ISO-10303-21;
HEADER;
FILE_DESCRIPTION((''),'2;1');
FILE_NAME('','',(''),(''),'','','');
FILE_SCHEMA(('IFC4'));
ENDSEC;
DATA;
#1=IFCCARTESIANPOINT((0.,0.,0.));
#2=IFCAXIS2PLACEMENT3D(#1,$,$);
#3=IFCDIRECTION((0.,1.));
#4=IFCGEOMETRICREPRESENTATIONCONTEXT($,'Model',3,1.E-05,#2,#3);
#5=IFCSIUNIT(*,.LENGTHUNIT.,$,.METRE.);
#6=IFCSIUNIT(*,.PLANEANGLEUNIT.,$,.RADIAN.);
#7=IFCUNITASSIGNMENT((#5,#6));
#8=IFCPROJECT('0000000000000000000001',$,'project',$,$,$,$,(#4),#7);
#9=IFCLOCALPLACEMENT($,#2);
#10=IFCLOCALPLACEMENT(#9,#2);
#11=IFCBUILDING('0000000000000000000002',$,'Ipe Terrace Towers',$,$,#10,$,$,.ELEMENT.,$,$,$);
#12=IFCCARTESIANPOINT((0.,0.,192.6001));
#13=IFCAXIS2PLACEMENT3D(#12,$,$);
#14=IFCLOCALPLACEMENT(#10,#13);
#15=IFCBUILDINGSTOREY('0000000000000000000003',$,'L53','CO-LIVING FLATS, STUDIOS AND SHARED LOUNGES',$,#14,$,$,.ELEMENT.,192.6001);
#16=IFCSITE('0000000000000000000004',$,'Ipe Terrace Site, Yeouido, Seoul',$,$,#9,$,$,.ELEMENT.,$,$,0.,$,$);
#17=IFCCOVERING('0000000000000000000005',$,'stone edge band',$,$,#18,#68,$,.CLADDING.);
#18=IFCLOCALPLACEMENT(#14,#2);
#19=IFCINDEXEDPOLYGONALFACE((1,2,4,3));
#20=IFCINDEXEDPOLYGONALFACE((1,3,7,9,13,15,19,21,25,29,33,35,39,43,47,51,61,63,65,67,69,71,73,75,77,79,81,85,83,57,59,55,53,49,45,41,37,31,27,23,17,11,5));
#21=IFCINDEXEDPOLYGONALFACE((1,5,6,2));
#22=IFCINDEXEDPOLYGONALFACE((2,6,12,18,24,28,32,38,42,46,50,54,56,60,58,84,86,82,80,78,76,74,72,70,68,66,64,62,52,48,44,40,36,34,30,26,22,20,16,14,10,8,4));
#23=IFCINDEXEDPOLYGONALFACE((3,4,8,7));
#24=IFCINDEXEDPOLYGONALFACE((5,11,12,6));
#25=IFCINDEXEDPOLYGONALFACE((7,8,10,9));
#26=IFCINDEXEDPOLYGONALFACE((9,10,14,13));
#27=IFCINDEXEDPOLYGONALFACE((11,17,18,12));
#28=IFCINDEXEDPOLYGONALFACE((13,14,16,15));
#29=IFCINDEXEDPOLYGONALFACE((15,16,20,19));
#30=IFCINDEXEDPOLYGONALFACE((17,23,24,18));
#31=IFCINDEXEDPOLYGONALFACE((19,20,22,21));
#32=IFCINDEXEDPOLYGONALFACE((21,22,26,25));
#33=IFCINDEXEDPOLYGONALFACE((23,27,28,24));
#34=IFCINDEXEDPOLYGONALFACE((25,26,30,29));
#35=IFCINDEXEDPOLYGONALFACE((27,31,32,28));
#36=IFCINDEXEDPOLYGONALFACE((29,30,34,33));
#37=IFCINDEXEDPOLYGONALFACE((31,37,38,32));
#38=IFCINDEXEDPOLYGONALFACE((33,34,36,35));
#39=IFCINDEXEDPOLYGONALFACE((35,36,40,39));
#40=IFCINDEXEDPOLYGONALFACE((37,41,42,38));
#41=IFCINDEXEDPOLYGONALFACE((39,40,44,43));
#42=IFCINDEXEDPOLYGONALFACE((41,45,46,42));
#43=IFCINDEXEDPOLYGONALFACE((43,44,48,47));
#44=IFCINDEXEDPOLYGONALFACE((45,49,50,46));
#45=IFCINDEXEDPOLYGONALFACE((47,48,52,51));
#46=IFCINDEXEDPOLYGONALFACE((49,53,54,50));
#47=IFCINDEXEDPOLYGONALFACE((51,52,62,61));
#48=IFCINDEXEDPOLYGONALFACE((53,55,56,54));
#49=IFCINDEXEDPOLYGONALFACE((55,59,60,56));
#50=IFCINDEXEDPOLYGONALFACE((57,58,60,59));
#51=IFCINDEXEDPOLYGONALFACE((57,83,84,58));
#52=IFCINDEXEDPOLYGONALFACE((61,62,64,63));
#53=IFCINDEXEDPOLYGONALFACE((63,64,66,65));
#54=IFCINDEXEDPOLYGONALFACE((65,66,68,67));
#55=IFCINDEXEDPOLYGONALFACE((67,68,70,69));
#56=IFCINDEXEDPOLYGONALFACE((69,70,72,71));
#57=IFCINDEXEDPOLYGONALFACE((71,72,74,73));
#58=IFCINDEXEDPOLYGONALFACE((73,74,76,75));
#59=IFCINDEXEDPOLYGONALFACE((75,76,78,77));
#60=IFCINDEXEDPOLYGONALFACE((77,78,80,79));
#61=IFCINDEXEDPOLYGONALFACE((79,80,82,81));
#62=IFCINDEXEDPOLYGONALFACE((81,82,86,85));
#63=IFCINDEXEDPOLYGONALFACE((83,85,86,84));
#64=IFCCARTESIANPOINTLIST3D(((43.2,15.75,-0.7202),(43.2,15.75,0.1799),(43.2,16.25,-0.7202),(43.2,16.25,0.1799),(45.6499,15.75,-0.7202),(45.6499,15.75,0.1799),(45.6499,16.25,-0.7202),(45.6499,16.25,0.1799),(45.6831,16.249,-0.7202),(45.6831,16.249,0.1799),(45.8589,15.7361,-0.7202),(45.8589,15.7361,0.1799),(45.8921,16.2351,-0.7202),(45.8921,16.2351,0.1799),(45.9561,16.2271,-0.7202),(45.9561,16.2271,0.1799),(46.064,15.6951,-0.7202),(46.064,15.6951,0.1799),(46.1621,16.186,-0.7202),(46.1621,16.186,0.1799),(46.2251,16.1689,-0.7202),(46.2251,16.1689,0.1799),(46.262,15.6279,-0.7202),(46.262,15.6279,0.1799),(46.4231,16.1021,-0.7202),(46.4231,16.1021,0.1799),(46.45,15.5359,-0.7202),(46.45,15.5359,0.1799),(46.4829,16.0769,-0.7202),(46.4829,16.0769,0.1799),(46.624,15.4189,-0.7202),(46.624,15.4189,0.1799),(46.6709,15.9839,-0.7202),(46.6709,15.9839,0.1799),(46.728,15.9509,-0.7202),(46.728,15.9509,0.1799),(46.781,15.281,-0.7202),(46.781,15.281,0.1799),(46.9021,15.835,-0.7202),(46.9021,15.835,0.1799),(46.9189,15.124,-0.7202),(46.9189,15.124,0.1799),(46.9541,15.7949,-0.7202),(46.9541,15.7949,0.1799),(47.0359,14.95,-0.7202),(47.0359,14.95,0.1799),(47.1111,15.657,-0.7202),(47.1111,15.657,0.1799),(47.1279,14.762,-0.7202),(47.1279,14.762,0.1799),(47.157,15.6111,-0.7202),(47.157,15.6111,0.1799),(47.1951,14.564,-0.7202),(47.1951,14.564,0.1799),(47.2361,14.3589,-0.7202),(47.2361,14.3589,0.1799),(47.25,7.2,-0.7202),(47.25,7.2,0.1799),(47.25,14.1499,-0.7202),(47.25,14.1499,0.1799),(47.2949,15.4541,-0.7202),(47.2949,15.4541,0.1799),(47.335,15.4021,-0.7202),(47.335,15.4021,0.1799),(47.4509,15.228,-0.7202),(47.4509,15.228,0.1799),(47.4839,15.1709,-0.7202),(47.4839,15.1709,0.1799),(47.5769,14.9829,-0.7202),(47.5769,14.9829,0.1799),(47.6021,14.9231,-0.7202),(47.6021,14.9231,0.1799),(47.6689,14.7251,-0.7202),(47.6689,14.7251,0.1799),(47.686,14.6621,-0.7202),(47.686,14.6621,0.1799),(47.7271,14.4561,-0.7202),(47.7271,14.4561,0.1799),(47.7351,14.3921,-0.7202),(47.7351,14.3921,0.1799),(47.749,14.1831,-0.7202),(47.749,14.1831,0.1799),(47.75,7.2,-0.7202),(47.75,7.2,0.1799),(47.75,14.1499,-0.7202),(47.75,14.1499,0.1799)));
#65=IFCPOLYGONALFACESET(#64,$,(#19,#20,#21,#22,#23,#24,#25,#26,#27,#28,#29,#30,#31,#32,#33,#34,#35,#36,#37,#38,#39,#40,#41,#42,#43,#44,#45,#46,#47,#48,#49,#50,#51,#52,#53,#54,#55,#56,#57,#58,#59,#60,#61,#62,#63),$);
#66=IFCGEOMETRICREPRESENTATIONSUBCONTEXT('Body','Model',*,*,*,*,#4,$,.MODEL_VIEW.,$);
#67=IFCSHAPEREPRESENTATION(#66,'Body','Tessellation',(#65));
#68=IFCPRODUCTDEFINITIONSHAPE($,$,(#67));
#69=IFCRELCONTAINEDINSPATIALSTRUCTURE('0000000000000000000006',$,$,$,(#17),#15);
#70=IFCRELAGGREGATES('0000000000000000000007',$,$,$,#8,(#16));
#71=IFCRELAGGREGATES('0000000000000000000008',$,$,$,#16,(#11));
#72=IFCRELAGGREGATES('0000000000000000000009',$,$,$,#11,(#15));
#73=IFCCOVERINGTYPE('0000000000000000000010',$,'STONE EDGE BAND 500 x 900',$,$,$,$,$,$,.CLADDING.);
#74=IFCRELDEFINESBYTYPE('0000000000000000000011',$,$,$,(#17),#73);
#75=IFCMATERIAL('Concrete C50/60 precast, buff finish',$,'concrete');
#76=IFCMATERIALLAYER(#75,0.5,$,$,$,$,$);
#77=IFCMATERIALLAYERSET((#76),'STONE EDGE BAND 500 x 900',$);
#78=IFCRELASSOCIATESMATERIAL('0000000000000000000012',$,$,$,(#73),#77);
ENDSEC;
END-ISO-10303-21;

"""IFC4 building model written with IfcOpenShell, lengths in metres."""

from ifc_helpers import new_model, si_unit, direction, frame, origin, place, context, subcontext, project, spatial, polyline, outline, extrude, material, layer, layer_set, type_object, element, save


model = new_model("IFC4")

# Units and contexts
model_context = context("Model", 3, precision=1e-05, world=origin(), true_north=direction((0.0, 1.0)))
body_context = subcontext(model_context, "Body", "Model", "MODEL_VIEW")
ifc_project = project(units=[si_unit("LENGTHUNIT", "METRE"), si_unit("PLANEANGLEUNIT", "RADIAN")], contexts=[model_context])

# Site, building, storey
site_placement = place(None, origin())
site = spatial("IfcSite", under=ifc_project, at=site_placement, Name="Ipe Terrace Site, Yeouido, Seoul", CompositionType="ELEMENT", RefElevation=0.0)
building_placement = place(site_placement, origin())
building = spatial("IfcBuilding", under=site, at=building_placement, Name="Ipe Terrace Towers", CompositionType="ELEMENT")
storey_placement = place(building_placement, frame((0.0, 0.0, 192.6001)))
storey = spatial("IfcBuildingStorey", under=building, at=storey_placement, Name="L53", Description="CO-LIVING FLATS, STUDIOS AND SHARED LOUNGES", CompositionType="ELEMENT", Elevation=192.6001)

# Covering
ifc_material_1 = material(Name="Concrete C50/60 precast, buff finish", Category="concrete")
ifc_layer_1 = layer(ifc_material_1, 0.5)
ifc_layer_set_1 = layer_set([ifc_layer_1], Name="STONE EDGE BAND 500 x 900")
covering_type = type_object("IfcCoveringType", Name="STONE EDGE BAND 500 x 900", PredefinedType="CLADDING", material=ifc_layer_set_1)
covering_1_placement = place(storey_placement, frame((0.0, 0.0, -0.7202)))
element("IfcCovering", 1, at=covering_1_placement, inside=storey, type_object=covering_type, Name="stone edge band", PredefinedType="CLADDING", context=body_context, shape_type="SweptSolid", body=[
    extrude(outline(polyline([(47.75, 14.1499), (47.749, 14.1831), (47.7351, 14.3921), (47.7271, 14.4561), (47.686, 14.6621), (47.6689, 14.7251), (47.6021, 14.9231), (47.5769, 14.9829), (47.4839, 15.1709), (47.4509, 15.228), (47.335, 15.4021), (47.2949, 15.4541), (47.157, 15.6111), (47.1111, 15.657), (46.9541, 15.7949), (46.9021, 15.835), (46.728, 15.9509), (46.6709, 15.9839), (46.4829, 16.0769), (46.4231, 16.1021), (46.2251, 16.1689), (46.1621, 16.186), (45.9561, 16.2271), (45.8921, 16.2351), (45.6831, 16.249), (45.6499, 16.25), (43.2, 16.25), (43.2, 15.75), (45.6499, 15.75), (45.8589, 15.7361), (46.064, 15.6951), (46.262, 15.6279), (46.45, 15.5359), (46.624, 15.4189), (46.781, 15.281), (46.9189, 15.124), (47.0359, 14.95), (47.1279, 14.762), (47.1951, 14.564), (47.2361, 14.3589), (47.25, 14.1499), (47.25, 7.2), (47.75, 7.2), (47.75, 14.1499)])), origin(), (0.0, 0.0, 1.0), 0.9001),
])

save(model, "model.ifc")
